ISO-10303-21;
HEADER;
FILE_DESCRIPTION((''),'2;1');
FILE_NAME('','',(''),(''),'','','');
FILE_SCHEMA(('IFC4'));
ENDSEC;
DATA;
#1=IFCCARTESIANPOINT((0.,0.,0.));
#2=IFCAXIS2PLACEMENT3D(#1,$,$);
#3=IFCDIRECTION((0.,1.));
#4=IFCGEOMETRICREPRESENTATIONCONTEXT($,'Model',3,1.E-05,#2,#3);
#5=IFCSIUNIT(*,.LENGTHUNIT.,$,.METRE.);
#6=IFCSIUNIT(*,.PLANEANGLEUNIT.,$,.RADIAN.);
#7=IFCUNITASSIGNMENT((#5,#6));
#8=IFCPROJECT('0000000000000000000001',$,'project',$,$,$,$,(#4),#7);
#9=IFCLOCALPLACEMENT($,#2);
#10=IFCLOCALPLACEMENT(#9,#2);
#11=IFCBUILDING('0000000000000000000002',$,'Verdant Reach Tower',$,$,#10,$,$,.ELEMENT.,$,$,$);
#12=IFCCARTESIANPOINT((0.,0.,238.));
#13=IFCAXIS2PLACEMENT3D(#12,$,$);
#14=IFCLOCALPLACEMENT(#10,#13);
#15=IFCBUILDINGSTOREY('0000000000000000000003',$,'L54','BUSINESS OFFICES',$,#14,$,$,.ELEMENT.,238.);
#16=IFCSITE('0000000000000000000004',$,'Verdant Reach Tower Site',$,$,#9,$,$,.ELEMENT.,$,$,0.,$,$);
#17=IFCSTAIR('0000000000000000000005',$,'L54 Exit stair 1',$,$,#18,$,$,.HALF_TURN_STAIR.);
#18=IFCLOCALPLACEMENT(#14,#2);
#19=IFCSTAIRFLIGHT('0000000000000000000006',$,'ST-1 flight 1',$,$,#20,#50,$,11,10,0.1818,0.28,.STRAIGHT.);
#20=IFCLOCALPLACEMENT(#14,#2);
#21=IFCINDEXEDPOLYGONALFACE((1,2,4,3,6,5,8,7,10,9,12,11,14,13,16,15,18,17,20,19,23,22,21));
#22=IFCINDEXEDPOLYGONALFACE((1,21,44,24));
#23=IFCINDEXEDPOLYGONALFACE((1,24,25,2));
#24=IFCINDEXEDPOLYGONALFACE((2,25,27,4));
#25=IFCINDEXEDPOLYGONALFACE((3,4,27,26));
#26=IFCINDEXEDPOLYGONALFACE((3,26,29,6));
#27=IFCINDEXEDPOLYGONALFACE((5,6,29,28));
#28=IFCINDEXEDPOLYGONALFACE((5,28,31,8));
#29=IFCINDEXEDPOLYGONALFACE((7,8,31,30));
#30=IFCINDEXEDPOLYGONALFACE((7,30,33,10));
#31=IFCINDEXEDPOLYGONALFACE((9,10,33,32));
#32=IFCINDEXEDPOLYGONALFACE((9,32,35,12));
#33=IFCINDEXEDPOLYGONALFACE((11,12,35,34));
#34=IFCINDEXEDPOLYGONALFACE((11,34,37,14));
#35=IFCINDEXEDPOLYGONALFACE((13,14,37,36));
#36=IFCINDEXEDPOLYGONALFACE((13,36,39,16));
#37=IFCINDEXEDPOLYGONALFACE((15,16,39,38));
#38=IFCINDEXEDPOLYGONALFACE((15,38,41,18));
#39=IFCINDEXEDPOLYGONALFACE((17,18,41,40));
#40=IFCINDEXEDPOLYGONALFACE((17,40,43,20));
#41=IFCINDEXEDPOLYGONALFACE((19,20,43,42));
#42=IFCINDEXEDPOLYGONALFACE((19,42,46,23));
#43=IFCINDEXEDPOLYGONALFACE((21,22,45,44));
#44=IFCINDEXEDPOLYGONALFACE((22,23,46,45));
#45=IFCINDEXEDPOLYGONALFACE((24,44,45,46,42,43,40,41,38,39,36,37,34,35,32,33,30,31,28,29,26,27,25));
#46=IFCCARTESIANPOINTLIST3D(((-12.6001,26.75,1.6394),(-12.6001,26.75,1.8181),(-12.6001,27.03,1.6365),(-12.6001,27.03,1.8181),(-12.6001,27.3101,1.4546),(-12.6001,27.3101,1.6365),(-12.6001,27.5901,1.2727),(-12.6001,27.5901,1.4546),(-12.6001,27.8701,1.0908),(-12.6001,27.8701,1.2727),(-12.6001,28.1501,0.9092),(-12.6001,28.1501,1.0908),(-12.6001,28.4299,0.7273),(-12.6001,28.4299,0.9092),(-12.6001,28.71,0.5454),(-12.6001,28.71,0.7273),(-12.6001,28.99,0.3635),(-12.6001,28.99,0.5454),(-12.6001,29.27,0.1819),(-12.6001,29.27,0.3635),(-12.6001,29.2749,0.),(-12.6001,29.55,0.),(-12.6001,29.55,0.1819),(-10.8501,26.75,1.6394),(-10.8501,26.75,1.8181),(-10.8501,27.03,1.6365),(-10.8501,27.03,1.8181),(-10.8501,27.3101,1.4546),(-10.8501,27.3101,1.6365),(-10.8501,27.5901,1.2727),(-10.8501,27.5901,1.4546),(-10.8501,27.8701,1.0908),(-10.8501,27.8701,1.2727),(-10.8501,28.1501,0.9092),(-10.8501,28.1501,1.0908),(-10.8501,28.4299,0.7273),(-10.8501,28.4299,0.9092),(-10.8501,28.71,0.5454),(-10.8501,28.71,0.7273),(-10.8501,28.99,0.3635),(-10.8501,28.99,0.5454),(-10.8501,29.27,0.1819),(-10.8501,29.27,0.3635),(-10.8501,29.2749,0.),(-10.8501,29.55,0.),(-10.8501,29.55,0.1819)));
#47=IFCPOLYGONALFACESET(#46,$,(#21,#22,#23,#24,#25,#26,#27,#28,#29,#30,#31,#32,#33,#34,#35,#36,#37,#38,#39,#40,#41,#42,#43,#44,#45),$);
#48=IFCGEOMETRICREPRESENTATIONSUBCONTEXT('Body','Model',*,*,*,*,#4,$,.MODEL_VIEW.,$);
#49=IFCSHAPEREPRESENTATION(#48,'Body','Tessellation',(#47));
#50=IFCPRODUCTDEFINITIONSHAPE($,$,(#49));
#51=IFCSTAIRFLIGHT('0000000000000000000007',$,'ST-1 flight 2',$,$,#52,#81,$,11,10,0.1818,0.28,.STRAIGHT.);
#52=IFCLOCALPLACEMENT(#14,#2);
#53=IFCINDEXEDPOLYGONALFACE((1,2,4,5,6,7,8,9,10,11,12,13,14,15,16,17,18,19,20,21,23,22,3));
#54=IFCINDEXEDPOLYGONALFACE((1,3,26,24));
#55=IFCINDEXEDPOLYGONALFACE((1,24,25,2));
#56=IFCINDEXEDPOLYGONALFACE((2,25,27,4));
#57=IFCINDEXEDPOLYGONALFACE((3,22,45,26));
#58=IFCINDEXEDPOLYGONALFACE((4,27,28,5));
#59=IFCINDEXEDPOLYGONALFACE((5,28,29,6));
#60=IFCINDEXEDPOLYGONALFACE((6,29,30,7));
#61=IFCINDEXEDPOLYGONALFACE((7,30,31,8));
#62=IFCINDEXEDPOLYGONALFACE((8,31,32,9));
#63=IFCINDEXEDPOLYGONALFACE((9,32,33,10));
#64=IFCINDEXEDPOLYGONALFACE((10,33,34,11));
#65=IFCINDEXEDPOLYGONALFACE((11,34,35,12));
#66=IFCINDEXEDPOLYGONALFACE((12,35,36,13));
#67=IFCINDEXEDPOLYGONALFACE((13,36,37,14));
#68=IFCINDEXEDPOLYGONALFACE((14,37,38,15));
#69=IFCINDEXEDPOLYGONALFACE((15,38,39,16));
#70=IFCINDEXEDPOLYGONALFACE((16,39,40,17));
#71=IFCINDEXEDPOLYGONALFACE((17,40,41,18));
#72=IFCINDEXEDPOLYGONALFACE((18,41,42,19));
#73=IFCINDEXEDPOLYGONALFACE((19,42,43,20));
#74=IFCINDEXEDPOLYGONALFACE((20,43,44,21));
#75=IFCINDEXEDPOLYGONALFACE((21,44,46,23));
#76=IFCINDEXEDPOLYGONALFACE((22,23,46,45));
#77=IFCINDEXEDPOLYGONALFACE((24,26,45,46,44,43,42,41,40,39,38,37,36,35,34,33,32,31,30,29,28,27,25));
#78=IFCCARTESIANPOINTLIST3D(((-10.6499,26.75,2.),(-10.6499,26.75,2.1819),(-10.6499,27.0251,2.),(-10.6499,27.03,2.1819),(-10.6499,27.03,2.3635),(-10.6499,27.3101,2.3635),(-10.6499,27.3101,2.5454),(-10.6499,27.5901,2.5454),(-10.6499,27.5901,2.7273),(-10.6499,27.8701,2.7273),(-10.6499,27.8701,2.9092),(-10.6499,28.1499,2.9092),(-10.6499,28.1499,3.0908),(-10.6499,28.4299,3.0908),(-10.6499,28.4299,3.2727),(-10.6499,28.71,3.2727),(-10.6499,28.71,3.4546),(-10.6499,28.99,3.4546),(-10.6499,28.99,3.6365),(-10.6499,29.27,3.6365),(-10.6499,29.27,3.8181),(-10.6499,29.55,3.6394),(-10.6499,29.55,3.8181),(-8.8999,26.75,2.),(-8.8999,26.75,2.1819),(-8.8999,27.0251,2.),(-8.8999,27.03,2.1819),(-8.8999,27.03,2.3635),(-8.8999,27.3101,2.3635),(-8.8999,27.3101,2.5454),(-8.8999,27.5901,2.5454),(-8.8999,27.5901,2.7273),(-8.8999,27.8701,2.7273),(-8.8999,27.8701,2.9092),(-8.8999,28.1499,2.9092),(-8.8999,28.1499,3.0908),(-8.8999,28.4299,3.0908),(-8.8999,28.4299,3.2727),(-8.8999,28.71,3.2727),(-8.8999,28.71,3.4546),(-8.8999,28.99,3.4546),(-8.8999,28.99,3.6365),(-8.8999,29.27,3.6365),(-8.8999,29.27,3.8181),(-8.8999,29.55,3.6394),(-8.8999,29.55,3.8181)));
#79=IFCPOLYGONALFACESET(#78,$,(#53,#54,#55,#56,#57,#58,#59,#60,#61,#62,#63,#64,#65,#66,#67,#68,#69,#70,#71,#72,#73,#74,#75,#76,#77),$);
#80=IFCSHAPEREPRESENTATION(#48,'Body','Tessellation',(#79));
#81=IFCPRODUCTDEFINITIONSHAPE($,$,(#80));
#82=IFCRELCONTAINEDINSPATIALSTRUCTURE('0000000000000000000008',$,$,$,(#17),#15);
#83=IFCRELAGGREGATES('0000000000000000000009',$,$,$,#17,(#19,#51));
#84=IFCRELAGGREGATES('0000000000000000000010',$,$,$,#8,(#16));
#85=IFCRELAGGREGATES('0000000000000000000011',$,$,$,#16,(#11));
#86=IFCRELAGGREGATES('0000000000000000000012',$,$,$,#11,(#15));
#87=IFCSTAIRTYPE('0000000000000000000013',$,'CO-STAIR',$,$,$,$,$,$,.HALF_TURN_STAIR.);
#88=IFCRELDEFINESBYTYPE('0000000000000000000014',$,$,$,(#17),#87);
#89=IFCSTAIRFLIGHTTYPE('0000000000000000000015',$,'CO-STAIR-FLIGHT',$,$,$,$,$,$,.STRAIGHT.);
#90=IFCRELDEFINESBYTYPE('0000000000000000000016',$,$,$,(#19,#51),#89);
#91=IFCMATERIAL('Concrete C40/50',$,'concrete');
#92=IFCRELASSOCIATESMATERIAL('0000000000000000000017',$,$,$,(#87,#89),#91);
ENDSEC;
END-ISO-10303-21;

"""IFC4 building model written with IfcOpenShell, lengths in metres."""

from ifc_helpers import new_model, si_unit, direction, frame, origin, place, context, subcontext, project, spatial, polyline, outline, extrude, material, type_object, element, aggregate, save


model = new_model("IFC4")

# Units and contexts
model_context = context("Model", 3, precision=1e-05, world=origin(), true_north=direction((0.0, 1.0)))
body_context = subcontext(model_context, "Body", "Model", "MODEL_VIEW")
ifc_project = project(units=[si_unit("LENGTHUNIT", "METRE"), si_unit("PLANEANGLEUNIT", "RADIAN")], contexts=[model_context])

# Site, building, storey
site_placement = place(None, origin())
site = spatial("IfcSite", under=ifc_project, at=site_placement, Name="Verdant Reach Tower Site", CompositionType="ELEMENT", RefElevation=0.0)
building_placement = place(site_placement, origin())
building = spatial("IfcBuilding", under=site, at=building_placement, Name="Verdant Reach Tower", CompositionType="ELEMENT")
storey_placement = place(building_placement, frame((0.0, 0.0, 238.0)))
storey = spatial("IfcBuildingStorey", under=building, at=storey_placement, Name="L54", Description="BUSINESS OFFICES", CompositionType="ELEMENT", Elevation=238.0)

# Shared definitions
ifc_material_1 = material(Name="Concrete C40/50", Category="concrete")

# Stair, stair flights
stair_type = type_object("IfcStairType", Name="CO-STAIR", PredefinedType="HALF_TURN_STAIR", material=ifc_material_1)
stair_placement = place(storey_placement, origin())
stair = element("IfcStair", 1, at=stair_placement, inside=storey, type_object=stair_type, Name="L54 Exit stair 1", PredefinedType="HALF_TURN_STAIR")
stair_flight_type = type_object("IfcStairFlightType", Name="CO-STAIR-FLIGHT", PredefinedType="STRAIGHT", material=ifc_material_1)
stair_flight_1_placement = place(storey_placement, frame((-11.7251, 29.55, 0.0), z_axis=(0.0, 0.0, 1.0), x_axis=(0.0, -1.0, 0.0)))
stair_flight_1 = element("IfcStairFlight", 2, at=stair_flight_1_placement, type_object=stair_flight_type, Name="ST-1 flight 1", NumberOfRisers=11, NumberOfTreads=10, PredefinedType="STRAIGHT", RiserHeight=0.1818, TreadLength=0.28, context=body_context, shape_type="SweptSolid", body=[
    extrude(outline(polyline([(0.0, 0.0), (0.0, 0.1819), (0.28, 0.1819), (0.28, 0.3635), (0.5601, 0.3635), (0.5601, 0.5454), (0.8401, 0.5454), (0.8401, 0.7273), (1.1201, 0.7273), (1.1201, 0.9092), (1.3999, 0.9092), (1.3999, 1.0908), (1.6799, 1.0908), (1.6799, 1.2727), (1.96, 1.2727), (1.96, 1.4546), (2.24, 1.4546), (2.24, 1.6365), (2.52, 1.6365), (2.52, 1.8181), (2.8, 1.8181), (2.8, 2.0), (2.8, 1.6394), (0.2751, 0.0), (0.0, 0.0)])), frame((0.0, 0.875, 0.0), z_axis=(0.0, -1.0, 0.0), x_axis=(1.0, 0.0, 0.0)), (0.0, 0.0, 1.0), 1.75),
])
stair_flight_2_placement = place(storey_placement, frame((-9.7749, 26.75, 2.0), z_axis=(0.0, 0.0, 1.0), x_axis=(0.0, 1.0, 0.0)))
stair_flight_2 = element("IfcStairFlight", 3, at=stair_flight_2_placement, type_object=stair_flight_type, Name="ST-1 flight 2", NumberOfRisers=11, NumberOfTreads=10, PredefinedType="STRAIGHT", RiserHeight=0.1818, TreadLength=0.28, context=body_context, shape_type="SweptSolid", body=[
    extrude(outline(polyline([(0.0, 0.0), (0.0, 0.1819), (0.28, 0.1819), (0.28, 0.3635), (0.5601, 0.3635), (0.5601, 0.5454), (0.8401, 0.5454), (0.8401, 0.7273), (1.1201, 0.7273), (1.1201, 0.9092), (1.3999, 0.9092), (1.3999, 1.0908), (1.6799, 1.0908), (1.6799, 1.2727), (1.96, 1.2727), (1.96, 1.4546), (2.24, 1.4546), (2.24, 1.6365), (2.52, 1.6365), (2.52, 1.8181), (2.8, 1.8181), (2.8, 2.0), (2.8, 1.6394), (0.2751, 0.0), (0.0, 0.0)])), frame((0.0, 0.875, 0.0), z_axis=(0.0, -1.0, 0.0), x_axis=(1.0, 0.0, 0.0)), (0.0, 0.0, 1.0), 1.75),
])
aggregate(stair, [stair_flight_1, stair_flight_2])

save(model, "model.ifc")
